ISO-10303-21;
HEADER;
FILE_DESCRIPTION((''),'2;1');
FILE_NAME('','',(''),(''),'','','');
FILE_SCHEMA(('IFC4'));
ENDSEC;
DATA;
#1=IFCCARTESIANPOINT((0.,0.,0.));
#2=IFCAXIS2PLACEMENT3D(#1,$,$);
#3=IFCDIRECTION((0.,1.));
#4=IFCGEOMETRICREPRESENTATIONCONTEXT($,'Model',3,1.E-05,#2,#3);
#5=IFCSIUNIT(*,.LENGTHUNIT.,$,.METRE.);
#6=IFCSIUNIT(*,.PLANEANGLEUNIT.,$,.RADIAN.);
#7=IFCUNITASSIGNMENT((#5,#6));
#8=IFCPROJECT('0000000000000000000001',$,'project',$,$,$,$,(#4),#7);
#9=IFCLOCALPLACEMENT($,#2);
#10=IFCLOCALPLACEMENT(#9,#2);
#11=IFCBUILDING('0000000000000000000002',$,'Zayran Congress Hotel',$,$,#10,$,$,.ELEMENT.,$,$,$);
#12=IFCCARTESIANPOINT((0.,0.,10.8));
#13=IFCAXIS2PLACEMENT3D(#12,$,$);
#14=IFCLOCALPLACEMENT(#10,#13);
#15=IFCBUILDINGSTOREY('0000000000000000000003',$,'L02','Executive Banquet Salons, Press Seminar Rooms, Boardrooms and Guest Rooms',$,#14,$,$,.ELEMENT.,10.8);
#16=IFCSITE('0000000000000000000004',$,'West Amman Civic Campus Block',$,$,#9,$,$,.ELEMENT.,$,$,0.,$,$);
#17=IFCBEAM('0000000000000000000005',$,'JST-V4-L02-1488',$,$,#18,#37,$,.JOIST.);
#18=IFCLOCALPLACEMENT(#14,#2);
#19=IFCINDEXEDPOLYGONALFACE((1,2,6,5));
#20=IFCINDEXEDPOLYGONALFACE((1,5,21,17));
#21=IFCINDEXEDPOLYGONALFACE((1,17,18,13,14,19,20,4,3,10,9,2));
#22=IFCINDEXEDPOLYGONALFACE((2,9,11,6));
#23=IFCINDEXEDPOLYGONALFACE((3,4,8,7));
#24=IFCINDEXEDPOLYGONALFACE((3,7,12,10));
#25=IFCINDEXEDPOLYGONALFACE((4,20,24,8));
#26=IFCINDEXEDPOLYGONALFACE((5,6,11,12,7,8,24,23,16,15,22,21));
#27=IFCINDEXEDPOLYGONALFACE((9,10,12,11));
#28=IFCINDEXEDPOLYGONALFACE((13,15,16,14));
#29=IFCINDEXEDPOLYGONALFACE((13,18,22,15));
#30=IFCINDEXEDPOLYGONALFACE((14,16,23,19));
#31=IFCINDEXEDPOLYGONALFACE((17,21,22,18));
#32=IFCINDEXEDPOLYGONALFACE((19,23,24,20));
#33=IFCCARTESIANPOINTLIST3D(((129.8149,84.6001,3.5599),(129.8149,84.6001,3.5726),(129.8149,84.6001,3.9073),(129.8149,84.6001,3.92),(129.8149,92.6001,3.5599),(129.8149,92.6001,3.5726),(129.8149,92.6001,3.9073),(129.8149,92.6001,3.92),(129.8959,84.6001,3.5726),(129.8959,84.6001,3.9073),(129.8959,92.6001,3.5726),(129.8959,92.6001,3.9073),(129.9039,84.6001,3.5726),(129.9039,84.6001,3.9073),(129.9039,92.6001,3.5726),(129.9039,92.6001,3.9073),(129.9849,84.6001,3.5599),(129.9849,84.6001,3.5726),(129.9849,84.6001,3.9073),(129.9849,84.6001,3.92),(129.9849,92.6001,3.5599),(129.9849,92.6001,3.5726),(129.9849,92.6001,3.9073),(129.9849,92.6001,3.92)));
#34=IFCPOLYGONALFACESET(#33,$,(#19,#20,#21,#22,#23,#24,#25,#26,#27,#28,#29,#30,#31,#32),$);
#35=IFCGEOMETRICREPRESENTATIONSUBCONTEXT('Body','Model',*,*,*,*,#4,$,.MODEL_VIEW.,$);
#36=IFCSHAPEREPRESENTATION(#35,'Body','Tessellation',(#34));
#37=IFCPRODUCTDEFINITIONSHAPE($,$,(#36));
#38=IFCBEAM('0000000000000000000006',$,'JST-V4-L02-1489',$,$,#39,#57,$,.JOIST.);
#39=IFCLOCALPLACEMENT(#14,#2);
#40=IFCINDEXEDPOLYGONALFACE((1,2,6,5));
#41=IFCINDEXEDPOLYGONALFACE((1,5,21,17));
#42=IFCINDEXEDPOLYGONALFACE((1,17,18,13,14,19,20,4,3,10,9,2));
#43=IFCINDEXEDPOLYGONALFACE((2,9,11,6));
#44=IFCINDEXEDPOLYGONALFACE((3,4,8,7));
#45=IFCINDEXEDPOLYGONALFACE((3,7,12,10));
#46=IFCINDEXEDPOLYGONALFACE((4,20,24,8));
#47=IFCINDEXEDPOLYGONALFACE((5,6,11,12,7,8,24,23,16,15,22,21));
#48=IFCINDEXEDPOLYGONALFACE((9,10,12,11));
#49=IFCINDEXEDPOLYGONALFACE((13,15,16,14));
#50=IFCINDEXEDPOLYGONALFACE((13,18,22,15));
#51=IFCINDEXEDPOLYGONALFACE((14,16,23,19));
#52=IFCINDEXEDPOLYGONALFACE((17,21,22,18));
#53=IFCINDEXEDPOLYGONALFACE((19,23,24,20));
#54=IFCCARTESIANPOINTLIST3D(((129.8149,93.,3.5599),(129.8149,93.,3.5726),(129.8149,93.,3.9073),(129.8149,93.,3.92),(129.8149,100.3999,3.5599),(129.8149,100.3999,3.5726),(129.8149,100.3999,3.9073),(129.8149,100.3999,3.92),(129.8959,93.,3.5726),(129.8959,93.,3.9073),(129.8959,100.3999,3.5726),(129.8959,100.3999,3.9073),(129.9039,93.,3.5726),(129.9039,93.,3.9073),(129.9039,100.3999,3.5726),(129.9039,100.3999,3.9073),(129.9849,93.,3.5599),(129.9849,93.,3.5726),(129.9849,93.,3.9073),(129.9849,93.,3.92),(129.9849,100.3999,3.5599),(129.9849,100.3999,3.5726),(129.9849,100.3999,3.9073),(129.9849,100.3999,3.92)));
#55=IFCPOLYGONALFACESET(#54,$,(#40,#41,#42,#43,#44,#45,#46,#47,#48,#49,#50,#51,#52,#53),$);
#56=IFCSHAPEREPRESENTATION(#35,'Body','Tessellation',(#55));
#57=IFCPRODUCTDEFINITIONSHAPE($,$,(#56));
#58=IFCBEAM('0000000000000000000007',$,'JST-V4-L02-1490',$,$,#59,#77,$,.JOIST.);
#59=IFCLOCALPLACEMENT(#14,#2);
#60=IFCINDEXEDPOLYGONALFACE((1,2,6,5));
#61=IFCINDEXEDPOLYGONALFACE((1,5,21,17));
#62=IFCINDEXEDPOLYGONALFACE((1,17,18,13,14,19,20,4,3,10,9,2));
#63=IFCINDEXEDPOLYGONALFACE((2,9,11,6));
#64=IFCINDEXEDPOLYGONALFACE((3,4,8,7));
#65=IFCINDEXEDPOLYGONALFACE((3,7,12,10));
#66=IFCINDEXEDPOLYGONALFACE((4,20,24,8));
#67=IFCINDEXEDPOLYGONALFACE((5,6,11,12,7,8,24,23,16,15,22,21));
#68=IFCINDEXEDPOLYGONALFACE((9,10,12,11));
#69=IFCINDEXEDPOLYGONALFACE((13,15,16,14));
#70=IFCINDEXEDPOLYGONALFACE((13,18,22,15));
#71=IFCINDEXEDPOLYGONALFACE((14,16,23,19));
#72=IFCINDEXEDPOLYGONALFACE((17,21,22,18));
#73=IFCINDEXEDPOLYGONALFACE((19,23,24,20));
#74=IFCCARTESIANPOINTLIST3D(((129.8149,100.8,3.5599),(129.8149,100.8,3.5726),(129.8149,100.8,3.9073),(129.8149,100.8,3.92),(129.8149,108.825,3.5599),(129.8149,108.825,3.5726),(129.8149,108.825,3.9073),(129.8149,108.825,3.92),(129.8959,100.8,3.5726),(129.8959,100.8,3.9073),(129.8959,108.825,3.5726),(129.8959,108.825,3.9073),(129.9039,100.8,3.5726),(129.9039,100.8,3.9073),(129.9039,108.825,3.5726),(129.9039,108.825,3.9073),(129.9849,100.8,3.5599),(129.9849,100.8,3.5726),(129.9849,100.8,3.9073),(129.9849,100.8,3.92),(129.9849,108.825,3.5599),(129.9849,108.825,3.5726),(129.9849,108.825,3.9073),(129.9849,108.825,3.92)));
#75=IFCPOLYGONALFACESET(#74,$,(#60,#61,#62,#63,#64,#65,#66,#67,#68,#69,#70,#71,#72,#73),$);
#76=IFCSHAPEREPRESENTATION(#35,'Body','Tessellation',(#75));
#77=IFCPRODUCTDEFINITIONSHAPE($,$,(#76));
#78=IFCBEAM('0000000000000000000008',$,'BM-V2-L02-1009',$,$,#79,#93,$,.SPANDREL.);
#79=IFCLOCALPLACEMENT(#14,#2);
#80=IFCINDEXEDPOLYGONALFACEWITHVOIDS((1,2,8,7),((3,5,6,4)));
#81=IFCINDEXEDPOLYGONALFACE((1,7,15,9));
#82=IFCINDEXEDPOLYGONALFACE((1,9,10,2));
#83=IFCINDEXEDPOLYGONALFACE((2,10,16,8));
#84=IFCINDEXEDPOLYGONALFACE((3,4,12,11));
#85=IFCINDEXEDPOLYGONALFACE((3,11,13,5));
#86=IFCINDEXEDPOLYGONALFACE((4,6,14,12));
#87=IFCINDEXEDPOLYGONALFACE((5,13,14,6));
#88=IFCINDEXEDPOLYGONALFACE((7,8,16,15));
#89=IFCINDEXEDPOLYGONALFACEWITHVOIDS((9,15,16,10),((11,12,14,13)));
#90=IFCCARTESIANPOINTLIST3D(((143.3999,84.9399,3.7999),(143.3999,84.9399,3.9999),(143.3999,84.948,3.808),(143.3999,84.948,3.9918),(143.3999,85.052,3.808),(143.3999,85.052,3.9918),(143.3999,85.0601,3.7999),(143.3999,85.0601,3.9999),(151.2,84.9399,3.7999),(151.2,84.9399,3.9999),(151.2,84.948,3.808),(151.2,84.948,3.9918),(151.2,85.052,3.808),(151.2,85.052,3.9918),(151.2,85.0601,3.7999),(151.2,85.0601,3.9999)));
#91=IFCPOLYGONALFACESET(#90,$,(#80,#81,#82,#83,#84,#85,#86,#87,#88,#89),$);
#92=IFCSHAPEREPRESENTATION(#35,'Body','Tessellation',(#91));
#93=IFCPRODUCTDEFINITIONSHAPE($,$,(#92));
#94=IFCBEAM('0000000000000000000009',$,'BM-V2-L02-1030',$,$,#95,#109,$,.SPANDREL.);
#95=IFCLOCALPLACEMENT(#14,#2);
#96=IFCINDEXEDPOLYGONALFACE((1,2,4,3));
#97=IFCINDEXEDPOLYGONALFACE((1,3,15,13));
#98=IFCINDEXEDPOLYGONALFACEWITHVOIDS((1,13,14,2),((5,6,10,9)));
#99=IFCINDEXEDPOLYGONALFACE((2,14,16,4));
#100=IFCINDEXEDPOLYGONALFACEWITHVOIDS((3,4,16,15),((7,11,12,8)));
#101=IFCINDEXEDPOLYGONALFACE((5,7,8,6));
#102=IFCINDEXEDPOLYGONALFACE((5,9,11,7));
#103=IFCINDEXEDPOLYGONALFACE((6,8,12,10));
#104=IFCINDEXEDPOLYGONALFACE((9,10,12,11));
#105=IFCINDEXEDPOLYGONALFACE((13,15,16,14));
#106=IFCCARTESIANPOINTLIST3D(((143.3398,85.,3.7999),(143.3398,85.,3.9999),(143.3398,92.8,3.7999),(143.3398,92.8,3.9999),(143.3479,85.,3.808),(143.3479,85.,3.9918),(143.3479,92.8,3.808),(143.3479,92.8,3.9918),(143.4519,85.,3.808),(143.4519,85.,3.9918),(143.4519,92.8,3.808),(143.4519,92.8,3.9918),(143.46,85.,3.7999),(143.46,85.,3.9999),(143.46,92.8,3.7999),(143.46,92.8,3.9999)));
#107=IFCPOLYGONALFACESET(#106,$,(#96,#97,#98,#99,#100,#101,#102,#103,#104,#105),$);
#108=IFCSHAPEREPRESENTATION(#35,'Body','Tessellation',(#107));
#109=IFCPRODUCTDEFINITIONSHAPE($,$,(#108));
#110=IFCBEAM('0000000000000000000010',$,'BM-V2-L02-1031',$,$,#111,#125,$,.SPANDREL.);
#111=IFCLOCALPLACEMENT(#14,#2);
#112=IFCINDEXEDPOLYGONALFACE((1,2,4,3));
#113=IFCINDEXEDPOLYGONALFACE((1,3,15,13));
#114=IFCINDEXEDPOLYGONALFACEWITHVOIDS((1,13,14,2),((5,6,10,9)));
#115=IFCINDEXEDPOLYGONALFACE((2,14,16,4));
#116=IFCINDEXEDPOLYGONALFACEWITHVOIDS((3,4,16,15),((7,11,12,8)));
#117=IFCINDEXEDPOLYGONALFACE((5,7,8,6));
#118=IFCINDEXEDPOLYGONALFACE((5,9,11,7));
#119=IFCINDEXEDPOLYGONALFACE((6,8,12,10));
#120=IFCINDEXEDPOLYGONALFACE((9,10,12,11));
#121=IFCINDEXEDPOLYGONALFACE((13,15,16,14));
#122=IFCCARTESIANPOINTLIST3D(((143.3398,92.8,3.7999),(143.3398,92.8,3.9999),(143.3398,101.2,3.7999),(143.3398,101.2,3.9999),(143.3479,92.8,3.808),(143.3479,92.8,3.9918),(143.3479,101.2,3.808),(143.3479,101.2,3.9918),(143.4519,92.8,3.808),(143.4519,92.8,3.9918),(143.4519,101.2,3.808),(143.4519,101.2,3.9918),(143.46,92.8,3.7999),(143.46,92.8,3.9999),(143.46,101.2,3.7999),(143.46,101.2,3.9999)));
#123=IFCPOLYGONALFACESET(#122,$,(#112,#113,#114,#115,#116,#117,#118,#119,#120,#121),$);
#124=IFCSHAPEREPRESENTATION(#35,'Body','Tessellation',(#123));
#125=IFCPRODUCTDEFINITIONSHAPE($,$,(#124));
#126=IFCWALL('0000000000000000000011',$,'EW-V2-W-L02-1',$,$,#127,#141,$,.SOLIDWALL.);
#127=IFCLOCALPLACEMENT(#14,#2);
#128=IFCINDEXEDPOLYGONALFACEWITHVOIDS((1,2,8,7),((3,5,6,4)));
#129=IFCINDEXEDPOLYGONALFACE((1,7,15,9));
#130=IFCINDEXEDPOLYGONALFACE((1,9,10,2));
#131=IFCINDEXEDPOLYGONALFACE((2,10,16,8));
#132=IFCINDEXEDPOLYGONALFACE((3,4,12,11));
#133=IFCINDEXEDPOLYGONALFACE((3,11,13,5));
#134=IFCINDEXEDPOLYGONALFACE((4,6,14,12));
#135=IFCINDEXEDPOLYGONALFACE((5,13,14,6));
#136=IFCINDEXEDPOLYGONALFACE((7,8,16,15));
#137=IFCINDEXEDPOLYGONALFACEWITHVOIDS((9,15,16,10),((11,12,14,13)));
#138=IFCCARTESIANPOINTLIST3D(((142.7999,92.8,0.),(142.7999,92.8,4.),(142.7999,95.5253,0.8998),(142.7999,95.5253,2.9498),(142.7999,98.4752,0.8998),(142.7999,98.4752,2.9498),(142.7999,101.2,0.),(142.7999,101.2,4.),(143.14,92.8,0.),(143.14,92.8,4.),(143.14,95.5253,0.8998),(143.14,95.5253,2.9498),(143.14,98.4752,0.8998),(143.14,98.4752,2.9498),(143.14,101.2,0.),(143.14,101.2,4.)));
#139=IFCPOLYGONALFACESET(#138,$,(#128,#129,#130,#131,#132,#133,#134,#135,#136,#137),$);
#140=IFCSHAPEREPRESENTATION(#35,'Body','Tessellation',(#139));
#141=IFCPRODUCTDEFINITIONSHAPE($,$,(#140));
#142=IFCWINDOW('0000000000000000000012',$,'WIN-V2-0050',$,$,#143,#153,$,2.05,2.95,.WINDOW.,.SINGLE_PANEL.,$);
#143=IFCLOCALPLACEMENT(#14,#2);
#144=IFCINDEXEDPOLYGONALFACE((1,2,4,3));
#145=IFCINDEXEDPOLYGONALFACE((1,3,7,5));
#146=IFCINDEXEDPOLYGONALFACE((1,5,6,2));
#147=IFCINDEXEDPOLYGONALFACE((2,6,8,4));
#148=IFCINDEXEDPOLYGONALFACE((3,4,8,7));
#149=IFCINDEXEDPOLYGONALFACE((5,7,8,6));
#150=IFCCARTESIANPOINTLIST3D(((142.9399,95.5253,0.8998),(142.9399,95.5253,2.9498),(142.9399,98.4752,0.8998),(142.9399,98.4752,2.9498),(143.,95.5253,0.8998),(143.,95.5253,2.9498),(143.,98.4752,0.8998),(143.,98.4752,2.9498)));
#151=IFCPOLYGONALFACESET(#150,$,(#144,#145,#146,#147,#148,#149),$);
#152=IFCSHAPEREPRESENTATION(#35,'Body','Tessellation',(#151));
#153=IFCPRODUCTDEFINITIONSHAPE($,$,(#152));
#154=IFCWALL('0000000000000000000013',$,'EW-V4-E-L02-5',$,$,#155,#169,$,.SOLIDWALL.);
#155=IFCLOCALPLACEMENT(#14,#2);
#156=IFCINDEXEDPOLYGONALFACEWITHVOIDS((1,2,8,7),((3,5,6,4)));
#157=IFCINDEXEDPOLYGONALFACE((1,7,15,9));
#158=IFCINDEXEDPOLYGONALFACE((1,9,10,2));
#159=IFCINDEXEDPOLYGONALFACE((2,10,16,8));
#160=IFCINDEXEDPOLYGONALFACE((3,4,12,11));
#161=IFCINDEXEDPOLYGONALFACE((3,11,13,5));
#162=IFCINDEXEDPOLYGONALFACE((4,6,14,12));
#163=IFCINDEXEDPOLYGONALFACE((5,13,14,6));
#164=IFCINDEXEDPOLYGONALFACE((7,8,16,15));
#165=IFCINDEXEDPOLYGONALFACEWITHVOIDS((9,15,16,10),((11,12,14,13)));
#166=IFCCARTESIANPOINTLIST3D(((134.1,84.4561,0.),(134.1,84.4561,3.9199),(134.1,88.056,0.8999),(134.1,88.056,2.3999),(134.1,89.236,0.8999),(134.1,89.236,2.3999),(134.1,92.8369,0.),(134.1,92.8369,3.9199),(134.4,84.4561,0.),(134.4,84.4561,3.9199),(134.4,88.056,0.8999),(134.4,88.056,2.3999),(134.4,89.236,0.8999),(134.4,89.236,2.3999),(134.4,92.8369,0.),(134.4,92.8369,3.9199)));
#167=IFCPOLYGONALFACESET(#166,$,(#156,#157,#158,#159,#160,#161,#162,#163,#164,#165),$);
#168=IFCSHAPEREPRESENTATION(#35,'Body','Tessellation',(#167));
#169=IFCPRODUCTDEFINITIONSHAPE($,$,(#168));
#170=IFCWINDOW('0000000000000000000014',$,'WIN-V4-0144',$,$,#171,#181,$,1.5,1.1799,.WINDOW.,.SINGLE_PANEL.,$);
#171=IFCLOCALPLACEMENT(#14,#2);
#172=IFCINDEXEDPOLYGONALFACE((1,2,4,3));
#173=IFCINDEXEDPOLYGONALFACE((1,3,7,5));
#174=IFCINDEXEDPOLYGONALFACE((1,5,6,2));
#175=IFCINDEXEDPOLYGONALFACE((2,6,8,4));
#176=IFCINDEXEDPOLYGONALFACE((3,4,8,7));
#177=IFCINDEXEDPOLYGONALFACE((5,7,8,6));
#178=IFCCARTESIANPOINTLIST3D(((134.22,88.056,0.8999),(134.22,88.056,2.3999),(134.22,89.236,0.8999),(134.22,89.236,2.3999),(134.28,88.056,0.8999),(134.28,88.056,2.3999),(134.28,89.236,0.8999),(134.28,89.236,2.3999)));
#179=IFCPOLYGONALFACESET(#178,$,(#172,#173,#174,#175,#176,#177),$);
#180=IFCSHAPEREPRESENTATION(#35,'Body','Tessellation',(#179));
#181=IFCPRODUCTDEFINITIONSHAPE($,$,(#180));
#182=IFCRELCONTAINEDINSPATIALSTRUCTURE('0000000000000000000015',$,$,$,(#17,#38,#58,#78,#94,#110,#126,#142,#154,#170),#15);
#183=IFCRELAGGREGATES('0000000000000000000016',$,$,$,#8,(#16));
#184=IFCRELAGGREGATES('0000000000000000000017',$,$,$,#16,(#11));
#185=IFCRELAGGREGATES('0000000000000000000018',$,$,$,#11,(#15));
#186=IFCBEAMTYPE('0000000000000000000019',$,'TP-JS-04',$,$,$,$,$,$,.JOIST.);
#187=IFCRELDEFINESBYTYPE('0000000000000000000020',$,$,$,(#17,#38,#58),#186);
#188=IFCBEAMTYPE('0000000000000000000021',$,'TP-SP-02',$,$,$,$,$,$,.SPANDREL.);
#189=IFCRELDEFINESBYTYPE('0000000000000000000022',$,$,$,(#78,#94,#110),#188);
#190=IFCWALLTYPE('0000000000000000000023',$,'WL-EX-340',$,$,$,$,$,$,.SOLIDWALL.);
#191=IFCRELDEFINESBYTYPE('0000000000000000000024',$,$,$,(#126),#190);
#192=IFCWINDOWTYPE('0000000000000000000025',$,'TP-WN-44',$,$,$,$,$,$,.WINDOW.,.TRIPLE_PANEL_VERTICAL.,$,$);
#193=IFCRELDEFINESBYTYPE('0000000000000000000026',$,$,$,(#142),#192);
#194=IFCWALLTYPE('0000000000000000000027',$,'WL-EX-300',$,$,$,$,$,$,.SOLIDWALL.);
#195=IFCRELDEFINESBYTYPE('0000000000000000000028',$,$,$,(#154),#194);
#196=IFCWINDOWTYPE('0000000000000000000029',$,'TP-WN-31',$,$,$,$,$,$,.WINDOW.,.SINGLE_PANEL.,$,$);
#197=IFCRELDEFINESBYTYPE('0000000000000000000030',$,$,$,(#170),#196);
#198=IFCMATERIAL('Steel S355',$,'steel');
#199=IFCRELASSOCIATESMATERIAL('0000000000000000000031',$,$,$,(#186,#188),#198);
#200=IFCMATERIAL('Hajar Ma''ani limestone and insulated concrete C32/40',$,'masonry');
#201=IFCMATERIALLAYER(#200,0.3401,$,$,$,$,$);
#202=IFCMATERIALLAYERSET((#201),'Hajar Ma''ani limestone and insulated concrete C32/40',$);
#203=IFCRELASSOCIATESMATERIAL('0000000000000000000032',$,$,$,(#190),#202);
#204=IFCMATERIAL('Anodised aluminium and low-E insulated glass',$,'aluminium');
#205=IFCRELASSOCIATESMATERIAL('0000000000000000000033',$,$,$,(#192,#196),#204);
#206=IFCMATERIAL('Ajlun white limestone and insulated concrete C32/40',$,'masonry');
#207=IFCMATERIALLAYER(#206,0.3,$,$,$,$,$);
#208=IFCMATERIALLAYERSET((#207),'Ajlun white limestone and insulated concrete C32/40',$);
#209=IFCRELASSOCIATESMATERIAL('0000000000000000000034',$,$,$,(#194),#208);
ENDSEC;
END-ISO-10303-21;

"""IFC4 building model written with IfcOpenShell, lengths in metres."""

from ifc_helpers import new_model, si_unit, direction, frame, frame_2d, origin, origin_2d, place, context, subcontext, project, spatial, rectangle, hollow_rectangle, i_section, extrude, material, layer, layer_set, material_profile, profile_set, type_object, element, fill, save


model = new_model("IFC4")

# Units and contexts
model_context = context("Model", 3, precision=1e-05, world=origin(), true_north=direction((0.0, 1.0)))
body_context = subcontext(model_context, "Body", "Model", "MODEL_VIEW")
ifc_project = project(units=[si_unit("LENGTHUNIT", "METRE"), si_unit("PLANEANGLEUNIT", "RADIAN")], contexts=[model_context])

# Site, building, storey
site_placement = place(None, origin())
site = spatial("IfcSite", under=ifc_project, at=site_placement, Name="West Amman Civic Campus Block", CompositionType="ELEMENT", RefElevation=0.0)
building_placement = place(site_placement, origin())
building = spatial("IfcBuilding", under=site, at=building_placement, Name="Zayran Congress Hotel", CompositionType="ELEMENT")
storey_placement = place(building_placement, frame((0.0, 0.0, 10.8)))
storey = spatial("IfcBuildingStorey", under=building, at=storey_placement, Name="L02", Description="Executive Banquet Salons, Press Seminar Rooms, Boardrooms and Guest Rooms", CompositionType="ELEMENT", Elevation=10.8)

# Shared definitions
ifc_material_1 = material(Name="Steel S355", Category="steel")

# Beams
ifc_material_profile_1 = material_profile(ifc_material_1, i_section(OverallWidth=0.1699, OverallDepth=0.3601, WebThickness=0.0081, FlangeThickness=0.0127, at=origin_2d()), Name="IPE 360")
ifc_profile_set_1 = profile_set([ifc_material_profile_1], Name="Steel S355")
beam_type_1 = type_object("IfcBeamType", Name="TP-JS-04", PredefinedType="JOIST", material=ifc_profile_set_1)
beam_1_placement = place(storey_placement, frame((129.8999, 84.6001, 3.74), z_axis=(0.0, 1.0, 0.0), x_axis=(-1.0, 0.0, 0.0)))
element("IfcBeam", 1, at=beam_1_placement, inside=storey, type_object=beam_type_1, Name="JST-V4-L02-1488", PredefinedType="JOIST", context=body_context, shape_type="SweptSolid", body=[
    extrude(i_section(OverallWidth=0.1699, OverallDepth=0.3601, WebThickness=0.0081, FlangeThickness=0.0127, at=origin_2d()), origin(), (0.0, 0.0, 1.0), 8.0),
])
beam_2_placement = place(storey_placement, frame((129.8999, 93.0, 3.74), z_axis=(0.0, 1.0, 0.0), x_axis=(-1.0, 0.0, 0.0)))
element("IfcBeam", 2, at=beam_2_placement, inside=storey, type_object=beam_type_1, Name="JST-V4-L02-1489", PredefinedType="JOIST", context=body_context, shape_type="SweptSolid", body=[
    extrude(i_section(OverallWidth=0.1699, OverallDepth=0.3601, WebThickness=0.0081, FlangeThickness=0.0127, at=origin_2d()), origin(), (0.0, 0.0, 1.0), 7.3999),
])
beam_3_placement = place(storey_placement, frame((129.8999, 100.8, 3.74), z_axis=(0.0, 1.0, 0.0), x_axis=(-1.0, 0.0, 0.0)))
element("IfcBeam", 3, at=beam_3_placement, inside=storey, type_object=beam_type_1, Name="JST-V4-L02-1490", PredefinedType="JOIST", context=body_context, shape_type="SweptSolid", body=[
    extrude(i_section(OverallWidth=0.1699, OverallDepth=0.3601, WebThickness=0.0081, FlangeThickness=0.0127, at=origin_2d()), origin(), (0.0, 0.0, 1.0), 8.0249),
])
ifc_material_profile_2 = material_profile(ifc_material_1, hollow_rectangle(XDim=0.1201, YDim=0.2, WallThickness=0.0081, at=origin_2d()), Name="RHS 200x120x8")
ifc_profile_set_2 = profile_set([ifc_material_profile_2], Name="Steel S355")
beam_type_2 = type_object("IfcBeamType", Name="TP-SP-02", PredefinedType="SPANDREL", material=ifc_profile_set_2)
for number, where, z_axis, x_axis, name in (
    (4, (143.3999, 85.0, 3.8999), (1.0, 0.0, 0.0), (0.0, 1.0, 0.0), "BM-V2-L02-1009"),
    (5, (143.3999, 85.0, 3.8999), (0.0, 1.0, 0.0), (-1.0, 0.0, 0.0), "BM-V2-L02-1030"),
):
    element("IfcBeam", number, at=place(storey_placement, frame(where, z_axis=z_axis, x_axis=x_axis)), inside=storey, type_object=beam_type_2, Name=name, PredefinedType="SPANDREL", context=body_context, shape_type="SweptSolid", body=[
        extrude(hollow_rectangle(XDim=0.1201, YDim=0.2, WallThickness=0.0081, at=origin_2d()), origin(), (0.0, 0.0, 1.0), 7.8),
    ])
beam_4_placement = place(storey_placement, frame((143.3999, 92.8, 3.8999), z_axis=(0.0, 1.0, 0.0), x_axis=(-1.0, 0.0, 0.0)))
element("IfcBeam", 6, at=beam_4_placement, inside=storey, type_object=beam_type_2, Name="BM-V2-L02-1031", PredefinedType="SPANDREL", context=body_context, shape_type="SweptSolid", body=[
    extrude(hollow_rectangle(XDim=0.1201, YDim=0.2, WallThickness=0.0081, at=origin_2d()), origin(), (0.0, 0.0, 1.0), 8.3999),
])

# Walls, openings, windows
ifc_material_2 = material(Name="Hajar Ma'ani limestone and insulated concrete C32/40", Category="masonry")
ifc_layer_1 = layer(ifc_material_2, 0.3401)
ifc_layer_set_1 = layer_set([ifc_layer_1], Name="Hajar Ma'ani limestone and insulated concrete C32/40")
wall_type_1 = type_object("IfcWallType", Name="WL-EX-340", PredefinedType="SOLIDWALL", material=ifc_layer_set_1)
wall_1_placement = place(storey_placement, frame((142.97, 92.8, 0.0), z_axis=(0.0, 0.0, 1.0), x_axis=(0.0, 1.0, 0.0)))
wall_1 = element("IfcWall", 7, at=wall_1_placement, inside=storey, type_object=wall_type_1, Name="EW-V2-W-L02-1", PredefinedType="SOLIDWALL", context=body_context, shape_type="SweptSolid", body=[
    extrude(rectangle(XDim=8.3999, YDim=0.3401, at=frame_2d((4.2, 0.0))), origin(), (0.0, 0.0, 1.0), 4.0),
])
opening_1_placement = place(wall_1_placement, frame((2.7251, 0.0, 0.8999)))
opening_1 = element("IfcOpeningElement", 8, at=opening_1_placement, cuts=wall_1, PredefinedType="OPENING", context=body_context, shape_type="SweptSolid", body=[
    extrude(rectangle(XDim=2.95, YDim=2.05, at=frame_2d((1.4751, 1.0249))), frame((0.0, 0.1799, 0.0), z_axis=(0.0, -1.0, 0.0), x_axis=(1.0, 0.0, 0.0)), (0.0, 0.0, 1.0), 0.3601),
])
ifc_material_3 = material(Name="Anodised aluminium and low-E insulated glass", Category="aluminium")
window_type_1 = type_object("IfcWindowType", Name="TP-WN-44", PartitioningType="TRIPLE_PANEL_VERTICAL", PredefinedType="WINDOW", material=ifc_material_3)
window_1_placement = place(opening_1_placement, origin())
window_1 = element("IfcWindow", 9, at=window_1_placement, inside=storey, type_object=window_type_1, Name="WIN-V2-0050", OverallHeight=2.05, OverallWidth=2.95, PartitioningType="SINGLE_PANEL", PredefinedType="WINDOW", context=body_context, shape_type="SweptSolid", body=[
    extrude(rectangle(XDim=2.95, YDim=2.05, at=frame_2d((1.4751, 1.0249))), frame((0.0, 0.03, 0.0), z_axis=(0.0, -1.0, 0.0), x_axis=(1.0, 0.0, 0.0)), (0.0, 0.0, 1.0), 0.0601),
])
fill(opening_1, window_1)
ifc_material_4 = material(Name="Ajlun white limestone and insulated concrete C32/40", Category="masonry")
ifc_layer_2 = layer(ifc_material_4, 0.3)
ifc_layer_set_2 = layer_set([ifc_layer_2], Name="Ajlun white limestone and insulated concrete C32/40")
wall_type_2 = type_object("IfcWallType", Name="WL-EX-300", PredefinedType="SOLIDWALL", material=ifc_layer_set_2)
wall_2_placement = place(storey_placement, frame((134.25, 92.8369, 0.0), z_axis=(0.0, 0.0, 1.0), x_axis=(0.0, -1.0, 0.0)))
wall_2 = element("IfcWall", 10, at=wall_2_placement, inside=storey, type_object=wall_type_2, Name="EW-V4-E-L02-5", PredefinedType="SOLIDWALL", context=body_context, shape_type="SweptSolid", body=[
    extrude(rectangle(XDim=8.3809, YDim=0.3, at=frame_2d((4.1904, 0.0))), origin(), (0.0, 0.0, 1.0), 3.9199),
])
opening_2_placement = place(wall_2_placement, frame((3.6011, 0.0, 0.8999)))
opening_2 = element("IfcOpeningElement", 11, at=opening_2_placement, cuts=wall_2, PredefinedType="OPENING", context=body_context, shape_type="SweptSolid", body=[
    extrude(rectangle(XDim=1.1799, YDim=1.5, at=frame_2d((0.5898, 0.75))), frame((0.0, 0.1599, 0.0), z_axis=(0.0, -1.0, 0.0), x_axis=(1.0, 0.0, 0.0)), (0.0, 0.0, 1.0), 0.3201),
])
window_type_2 = type_object("IfcWindowType", Name="TP-WN-31", PartitioningType="SINGLE_PANEL", PredefinedType="WINDOW", material=ifc_material_3)
window_2_placement = place(opening_2_placement, origin())
window_2 = element("IfcWindow", 12, at=window_2_placement, inside=storey, type_object=window_type_2, Name="WIN-V4-0144", OverallHeight=1.5, OverallWidth=1.1799, PartitioningType="SINGLE_PANEL", PredefinedType="WINDOW", context=body_context, shape_type="SweptSolid", body=[
    extrude(rectangle(XDim=1.1799, YDim=1.5, at=frame_2d((0.5898, 0.75))), frame((0.0, 0.03, 0.0), z_axis=(0.0, -1.0, 0.0), x_axis=(1.0, 0.0, 0.0)), (0.0, 0.0, 1.0), 0.0601),
])
fill(opening_2, window_2)

save(model, "model.ifc")
